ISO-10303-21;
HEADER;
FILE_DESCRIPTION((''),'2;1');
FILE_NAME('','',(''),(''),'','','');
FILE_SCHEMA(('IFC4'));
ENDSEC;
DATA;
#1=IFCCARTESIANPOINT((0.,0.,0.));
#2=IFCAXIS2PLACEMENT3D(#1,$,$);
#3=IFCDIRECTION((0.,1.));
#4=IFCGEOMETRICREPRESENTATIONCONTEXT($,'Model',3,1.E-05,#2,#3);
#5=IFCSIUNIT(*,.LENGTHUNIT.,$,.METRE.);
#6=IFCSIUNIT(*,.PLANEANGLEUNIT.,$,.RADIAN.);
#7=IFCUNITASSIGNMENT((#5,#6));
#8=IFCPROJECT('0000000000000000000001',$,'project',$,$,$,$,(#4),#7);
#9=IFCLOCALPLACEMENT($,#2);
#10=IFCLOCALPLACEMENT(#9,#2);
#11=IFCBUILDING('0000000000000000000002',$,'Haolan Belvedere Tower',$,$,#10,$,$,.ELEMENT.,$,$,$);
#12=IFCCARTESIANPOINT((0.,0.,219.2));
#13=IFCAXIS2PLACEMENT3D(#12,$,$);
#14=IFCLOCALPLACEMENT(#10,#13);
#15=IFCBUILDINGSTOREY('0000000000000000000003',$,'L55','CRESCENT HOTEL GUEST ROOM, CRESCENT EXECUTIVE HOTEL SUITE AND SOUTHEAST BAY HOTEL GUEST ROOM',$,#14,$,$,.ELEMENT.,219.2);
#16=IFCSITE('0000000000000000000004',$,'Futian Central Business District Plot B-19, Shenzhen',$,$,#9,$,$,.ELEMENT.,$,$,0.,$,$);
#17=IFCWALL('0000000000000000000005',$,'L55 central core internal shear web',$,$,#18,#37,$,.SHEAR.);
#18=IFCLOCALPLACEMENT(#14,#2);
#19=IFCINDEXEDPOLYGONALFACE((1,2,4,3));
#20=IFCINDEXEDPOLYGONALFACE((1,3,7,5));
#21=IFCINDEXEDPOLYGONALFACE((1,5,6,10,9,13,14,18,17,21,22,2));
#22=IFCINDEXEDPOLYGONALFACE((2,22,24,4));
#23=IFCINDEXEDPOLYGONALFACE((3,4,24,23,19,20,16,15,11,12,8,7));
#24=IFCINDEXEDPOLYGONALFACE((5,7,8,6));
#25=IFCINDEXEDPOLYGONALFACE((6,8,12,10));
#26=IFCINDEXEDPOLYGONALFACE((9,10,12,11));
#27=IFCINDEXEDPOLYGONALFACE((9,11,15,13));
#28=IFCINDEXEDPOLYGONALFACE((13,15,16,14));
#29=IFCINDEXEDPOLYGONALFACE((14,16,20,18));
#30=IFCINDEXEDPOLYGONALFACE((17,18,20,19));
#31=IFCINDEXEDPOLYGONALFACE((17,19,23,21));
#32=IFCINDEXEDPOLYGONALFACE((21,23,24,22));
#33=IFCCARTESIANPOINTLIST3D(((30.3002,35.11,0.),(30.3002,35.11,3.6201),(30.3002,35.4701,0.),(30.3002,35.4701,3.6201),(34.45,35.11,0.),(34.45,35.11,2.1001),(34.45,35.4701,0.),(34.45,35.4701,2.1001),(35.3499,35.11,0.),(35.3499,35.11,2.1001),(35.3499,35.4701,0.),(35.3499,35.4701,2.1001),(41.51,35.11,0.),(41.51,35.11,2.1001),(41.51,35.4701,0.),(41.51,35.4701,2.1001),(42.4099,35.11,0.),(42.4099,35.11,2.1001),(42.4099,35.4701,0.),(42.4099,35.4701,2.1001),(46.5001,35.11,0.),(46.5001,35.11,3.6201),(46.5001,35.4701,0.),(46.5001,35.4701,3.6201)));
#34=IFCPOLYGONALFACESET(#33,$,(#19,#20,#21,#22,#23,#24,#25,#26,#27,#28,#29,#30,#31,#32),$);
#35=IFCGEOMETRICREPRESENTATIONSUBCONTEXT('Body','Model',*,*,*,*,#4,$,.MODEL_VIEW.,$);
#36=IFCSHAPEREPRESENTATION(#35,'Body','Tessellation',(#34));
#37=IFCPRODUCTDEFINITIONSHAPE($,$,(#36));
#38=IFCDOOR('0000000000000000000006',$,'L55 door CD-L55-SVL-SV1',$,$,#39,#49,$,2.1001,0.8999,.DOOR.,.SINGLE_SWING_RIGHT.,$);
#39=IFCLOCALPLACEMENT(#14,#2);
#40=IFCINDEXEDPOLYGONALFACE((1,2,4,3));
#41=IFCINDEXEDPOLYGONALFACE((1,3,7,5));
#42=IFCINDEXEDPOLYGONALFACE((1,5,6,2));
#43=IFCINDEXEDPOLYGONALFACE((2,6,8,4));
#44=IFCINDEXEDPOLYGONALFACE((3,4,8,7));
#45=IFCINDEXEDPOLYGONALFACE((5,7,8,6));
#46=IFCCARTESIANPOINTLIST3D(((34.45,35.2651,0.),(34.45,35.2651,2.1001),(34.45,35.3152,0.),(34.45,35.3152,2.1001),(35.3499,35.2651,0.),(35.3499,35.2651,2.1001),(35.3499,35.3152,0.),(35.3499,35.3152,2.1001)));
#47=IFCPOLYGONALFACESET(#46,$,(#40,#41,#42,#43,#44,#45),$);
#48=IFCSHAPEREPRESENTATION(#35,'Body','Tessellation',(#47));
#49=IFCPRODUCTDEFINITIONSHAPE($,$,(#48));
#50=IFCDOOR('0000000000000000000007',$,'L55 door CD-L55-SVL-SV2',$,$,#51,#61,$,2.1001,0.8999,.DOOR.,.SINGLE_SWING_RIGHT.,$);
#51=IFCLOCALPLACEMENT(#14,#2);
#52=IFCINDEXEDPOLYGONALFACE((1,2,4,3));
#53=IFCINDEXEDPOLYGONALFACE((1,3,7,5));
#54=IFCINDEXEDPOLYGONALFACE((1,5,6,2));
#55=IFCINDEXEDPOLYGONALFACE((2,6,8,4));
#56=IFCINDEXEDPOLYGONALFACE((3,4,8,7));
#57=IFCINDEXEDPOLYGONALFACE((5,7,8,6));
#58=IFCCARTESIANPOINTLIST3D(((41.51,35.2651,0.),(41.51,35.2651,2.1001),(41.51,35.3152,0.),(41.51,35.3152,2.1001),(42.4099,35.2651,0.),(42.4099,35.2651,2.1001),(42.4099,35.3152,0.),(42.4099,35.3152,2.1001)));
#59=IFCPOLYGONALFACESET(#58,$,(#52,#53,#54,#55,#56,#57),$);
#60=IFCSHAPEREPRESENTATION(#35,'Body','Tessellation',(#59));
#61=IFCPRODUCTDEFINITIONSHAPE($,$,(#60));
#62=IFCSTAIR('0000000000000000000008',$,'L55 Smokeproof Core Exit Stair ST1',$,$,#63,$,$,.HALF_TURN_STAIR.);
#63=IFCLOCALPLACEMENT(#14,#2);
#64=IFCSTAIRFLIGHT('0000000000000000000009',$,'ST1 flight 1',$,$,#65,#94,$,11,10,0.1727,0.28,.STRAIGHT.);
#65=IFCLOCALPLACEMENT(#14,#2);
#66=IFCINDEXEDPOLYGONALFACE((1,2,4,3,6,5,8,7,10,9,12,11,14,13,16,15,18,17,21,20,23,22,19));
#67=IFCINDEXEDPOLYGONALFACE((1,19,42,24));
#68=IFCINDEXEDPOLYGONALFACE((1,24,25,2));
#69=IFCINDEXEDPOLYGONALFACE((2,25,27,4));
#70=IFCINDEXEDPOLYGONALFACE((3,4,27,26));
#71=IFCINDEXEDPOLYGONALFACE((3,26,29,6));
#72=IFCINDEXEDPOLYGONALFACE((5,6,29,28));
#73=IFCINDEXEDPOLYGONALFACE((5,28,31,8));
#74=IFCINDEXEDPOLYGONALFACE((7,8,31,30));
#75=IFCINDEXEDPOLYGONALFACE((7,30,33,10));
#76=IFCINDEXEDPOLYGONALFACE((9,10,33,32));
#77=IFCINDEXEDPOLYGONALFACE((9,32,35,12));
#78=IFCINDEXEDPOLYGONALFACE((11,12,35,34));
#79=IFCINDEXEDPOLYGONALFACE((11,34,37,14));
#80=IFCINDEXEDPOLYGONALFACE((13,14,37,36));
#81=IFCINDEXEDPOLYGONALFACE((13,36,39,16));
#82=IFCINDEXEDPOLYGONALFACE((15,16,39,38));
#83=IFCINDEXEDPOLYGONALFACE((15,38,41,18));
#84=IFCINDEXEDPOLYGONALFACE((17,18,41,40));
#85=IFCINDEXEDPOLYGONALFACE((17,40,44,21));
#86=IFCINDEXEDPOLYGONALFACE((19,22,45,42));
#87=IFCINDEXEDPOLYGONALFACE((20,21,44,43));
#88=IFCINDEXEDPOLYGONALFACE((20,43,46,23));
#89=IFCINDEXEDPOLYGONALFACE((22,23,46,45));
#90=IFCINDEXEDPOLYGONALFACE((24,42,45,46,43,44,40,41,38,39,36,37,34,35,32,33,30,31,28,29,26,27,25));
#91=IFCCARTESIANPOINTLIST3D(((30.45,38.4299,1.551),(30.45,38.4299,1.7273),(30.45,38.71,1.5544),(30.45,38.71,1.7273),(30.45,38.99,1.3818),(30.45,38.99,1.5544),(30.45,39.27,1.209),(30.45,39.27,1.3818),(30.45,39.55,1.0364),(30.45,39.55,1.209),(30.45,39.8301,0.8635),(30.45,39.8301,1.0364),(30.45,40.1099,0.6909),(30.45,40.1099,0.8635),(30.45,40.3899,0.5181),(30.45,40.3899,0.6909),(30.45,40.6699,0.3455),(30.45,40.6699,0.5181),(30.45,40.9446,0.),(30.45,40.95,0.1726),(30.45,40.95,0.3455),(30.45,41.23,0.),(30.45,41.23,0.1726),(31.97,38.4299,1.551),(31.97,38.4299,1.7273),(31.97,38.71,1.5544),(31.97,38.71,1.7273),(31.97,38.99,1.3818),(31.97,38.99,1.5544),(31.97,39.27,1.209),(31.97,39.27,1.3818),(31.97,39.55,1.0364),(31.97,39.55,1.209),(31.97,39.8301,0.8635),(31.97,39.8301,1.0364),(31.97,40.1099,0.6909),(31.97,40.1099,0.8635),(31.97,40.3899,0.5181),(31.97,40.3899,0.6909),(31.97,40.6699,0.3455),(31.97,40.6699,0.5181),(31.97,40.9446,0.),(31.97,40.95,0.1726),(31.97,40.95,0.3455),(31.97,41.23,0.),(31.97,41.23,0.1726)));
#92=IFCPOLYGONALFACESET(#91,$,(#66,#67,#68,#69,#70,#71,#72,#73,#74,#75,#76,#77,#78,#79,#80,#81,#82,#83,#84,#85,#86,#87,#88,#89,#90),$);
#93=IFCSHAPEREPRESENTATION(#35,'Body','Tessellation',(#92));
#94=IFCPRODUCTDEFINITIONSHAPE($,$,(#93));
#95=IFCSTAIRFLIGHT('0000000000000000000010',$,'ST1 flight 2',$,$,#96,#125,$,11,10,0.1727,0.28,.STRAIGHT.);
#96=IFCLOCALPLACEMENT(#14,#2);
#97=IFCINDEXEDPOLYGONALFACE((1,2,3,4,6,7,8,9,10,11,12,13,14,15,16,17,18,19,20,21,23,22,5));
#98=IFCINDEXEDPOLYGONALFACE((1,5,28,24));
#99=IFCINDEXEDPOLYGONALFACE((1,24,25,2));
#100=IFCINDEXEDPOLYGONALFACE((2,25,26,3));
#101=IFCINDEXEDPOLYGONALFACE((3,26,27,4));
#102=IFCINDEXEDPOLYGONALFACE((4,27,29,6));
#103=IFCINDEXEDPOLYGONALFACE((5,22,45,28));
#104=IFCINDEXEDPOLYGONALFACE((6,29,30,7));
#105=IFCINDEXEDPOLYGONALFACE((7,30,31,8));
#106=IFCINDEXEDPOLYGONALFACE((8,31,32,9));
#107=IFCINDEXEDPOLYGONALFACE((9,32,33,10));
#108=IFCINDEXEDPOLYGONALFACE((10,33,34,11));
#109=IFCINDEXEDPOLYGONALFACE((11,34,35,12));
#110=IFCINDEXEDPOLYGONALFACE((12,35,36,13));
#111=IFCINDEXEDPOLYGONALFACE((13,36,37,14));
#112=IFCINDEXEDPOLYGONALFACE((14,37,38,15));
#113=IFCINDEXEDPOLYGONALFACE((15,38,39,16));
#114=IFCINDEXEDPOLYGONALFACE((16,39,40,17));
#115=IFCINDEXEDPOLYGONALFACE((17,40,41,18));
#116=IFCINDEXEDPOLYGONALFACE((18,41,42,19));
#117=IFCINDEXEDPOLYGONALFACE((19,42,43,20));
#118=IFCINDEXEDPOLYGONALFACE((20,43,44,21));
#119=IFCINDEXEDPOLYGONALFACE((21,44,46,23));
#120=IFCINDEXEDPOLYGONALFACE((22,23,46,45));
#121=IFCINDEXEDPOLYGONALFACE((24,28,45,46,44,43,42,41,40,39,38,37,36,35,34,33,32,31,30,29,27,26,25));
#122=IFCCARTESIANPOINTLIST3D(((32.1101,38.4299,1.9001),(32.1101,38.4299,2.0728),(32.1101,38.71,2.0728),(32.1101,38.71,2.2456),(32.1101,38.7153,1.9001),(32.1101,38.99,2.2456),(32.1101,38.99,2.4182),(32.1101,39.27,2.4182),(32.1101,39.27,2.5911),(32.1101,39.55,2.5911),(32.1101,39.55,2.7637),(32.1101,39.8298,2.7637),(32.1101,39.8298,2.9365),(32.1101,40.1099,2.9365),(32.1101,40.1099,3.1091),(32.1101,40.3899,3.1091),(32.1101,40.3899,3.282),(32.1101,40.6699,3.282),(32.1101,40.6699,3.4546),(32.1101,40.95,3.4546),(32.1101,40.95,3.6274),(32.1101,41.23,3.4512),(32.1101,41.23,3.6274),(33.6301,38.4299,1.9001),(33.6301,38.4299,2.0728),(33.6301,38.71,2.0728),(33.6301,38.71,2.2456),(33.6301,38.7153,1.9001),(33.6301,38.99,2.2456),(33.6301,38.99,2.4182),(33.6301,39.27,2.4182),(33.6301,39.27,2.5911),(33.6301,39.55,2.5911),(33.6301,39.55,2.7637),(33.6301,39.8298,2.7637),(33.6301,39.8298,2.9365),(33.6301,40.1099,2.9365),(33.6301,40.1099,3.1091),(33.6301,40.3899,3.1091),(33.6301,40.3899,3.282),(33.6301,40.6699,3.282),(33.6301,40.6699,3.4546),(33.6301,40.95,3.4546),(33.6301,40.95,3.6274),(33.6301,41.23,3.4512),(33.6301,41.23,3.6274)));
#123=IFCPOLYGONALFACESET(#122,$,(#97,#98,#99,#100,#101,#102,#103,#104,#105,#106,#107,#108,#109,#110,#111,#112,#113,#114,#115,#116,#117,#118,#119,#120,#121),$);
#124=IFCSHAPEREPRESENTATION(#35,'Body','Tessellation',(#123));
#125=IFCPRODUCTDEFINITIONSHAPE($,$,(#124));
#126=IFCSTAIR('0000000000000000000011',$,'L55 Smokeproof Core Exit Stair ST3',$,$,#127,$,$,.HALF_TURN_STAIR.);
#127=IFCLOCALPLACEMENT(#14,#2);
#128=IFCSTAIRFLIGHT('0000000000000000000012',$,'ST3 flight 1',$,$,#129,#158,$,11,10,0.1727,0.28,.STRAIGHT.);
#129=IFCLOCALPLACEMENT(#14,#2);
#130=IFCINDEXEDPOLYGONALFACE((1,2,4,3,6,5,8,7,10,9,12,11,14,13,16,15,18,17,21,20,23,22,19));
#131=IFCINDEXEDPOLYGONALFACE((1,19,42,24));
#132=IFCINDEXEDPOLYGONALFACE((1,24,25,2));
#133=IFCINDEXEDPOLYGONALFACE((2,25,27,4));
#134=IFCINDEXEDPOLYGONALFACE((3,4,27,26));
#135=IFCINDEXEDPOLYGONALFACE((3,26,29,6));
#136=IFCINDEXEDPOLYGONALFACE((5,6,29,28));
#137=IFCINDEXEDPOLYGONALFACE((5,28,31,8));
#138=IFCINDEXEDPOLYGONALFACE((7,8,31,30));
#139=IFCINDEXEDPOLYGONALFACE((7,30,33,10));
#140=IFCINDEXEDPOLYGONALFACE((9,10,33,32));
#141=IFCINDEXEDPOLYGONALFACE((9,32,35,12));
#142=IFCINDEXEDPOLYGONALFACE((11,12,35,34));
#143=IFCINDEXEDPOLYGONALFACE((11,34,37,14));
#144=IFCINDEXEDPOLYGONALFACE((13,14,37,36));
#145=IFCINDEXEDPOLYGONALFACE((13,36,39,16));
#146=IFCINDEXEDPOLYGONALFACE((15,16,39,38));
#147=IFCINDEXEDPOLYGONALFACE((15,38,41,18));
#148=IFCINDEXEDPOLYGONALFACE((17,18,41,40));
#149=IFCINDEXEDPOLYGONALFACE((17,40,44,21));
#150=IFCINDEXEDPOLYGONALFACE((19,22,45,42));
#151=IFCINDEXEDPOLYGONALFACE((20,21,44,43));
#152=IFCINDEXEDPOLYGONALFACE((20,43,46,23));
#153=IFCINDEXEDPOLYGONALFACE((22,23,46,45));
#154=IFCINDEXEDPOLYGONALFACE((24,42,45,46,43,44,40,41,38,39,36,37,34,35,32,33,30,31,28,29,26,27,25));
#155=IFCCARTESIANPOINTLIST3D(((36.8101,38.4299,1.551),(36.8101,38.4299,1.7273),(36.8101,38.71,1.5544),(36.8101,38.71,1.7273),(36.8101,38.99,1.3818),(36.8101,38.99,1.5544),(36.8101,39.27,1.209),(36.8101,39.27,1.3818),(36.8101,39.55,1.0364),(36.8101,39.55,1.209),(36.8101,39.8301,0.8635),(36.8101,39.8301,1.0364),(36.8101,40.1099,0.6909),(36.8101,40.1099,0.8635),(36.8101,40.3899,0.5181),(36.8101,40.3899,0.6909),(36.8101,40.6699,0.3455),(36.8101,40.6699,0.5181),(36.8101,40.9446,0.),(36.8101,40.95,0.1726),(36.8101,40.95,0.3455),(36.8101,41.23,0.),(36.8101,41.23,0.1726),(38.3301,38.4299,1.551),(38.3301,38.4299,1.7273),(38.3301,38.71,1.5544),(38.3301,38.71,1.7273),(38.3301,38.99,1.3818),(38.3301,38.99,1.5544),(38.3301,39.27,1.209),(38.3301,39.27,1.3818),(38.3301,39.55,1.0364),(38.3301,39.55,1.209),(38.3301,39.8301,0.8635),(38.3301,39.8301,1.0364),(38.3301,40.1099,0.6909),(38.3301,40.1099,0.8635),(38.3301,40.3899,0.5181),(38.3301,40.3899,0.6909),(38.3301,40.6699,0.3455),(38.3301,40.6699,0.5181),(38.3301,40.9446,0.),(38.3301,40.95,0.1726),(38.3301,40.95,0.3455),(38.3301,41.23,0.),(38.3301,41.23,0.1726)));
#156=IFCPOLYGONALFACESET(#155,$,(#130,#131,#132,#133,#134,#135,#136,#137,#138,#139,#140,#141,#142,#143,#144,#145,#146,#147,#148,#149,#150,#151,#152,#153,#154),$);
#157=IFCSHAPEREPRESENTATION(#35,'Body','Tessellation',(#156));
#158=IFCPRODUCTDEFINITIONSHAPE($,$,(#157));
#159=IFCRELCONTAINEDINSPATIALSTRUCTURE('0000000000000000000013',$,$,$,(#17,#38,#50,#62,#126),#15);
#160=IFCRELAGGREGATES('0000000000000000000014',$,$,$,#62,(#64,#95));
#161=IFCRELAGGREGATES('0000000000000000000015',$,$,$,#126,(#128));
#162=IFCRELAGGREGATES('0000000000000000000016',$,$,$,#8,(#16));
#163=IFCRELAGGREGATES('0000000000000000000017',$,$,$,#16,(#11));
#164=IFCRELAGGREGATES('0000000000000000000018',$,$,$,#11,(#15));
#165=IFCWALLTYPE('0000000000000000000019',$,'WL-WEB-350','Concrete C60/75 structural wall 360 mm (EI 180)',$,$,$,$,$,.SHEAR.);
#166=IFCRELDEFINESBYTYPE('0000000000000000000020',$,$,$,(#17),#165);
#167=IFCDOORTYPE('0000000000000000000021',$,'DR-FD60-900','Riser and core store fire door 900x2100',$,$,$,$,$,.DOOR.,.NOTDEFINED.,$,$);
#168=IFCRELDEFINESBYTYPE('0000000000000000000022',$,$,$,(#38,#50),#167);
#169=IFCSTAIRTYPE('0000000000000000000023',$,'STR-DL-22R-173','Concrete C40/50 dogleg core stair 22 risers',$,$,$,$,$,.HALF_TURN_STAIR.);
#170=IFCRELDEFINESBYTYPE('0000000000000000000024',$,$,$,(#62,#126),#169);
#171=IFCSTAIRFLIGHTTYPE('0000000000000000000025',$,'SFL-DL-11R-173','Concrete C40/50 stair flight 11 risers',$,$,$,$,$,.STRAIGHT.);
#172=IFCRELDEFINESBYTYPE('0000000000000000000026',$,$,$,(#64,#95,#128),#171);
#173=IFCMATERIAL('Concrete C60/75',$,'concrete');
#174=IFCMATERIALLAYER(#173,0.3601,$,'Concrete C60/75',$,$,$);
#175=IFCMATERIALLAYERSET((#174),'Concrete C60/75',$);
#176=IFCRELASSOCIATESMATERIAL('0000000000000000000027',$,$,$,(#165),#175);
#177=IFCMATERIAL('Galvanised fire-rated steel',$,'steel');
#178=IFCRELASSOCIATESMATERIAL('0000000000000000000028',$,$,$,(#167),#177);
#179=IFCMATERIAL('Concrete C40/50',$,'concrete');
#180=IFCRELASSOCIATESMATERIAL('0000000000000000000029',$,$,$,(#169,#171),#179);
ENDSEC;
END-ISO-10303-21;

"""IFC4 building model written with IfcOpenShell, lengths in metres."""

from ifc_helpers import new_model, si_unit, direction, frame, frame_2d, origin, place, context, subcontext, project, spatial, polyline, rectangle, outline, extrude, material, layer, layer_set, type_object, element, fill, aggregate, save


model = new_model("IFC4")

# Units and contexts
model_context = context("Model", 3, precision=1e-05, world=origin(), true_north=direction((0.0, 1.0)))
body_context = subcontext(model_context, "Body", "Model", "MODEL_VIEW")
ifc_project = project(units=[si_unit("LENGTHUNIT", "METRE"), si_unit("PLANEANGLEUNIT", "RADIAN")], contexts=[model_context])

# Site, building, storey
site_placement = place(None, origin())
site = spatial("IfcSite", under=ifc_project, at=site_placement, Name="Futian Central Business District Plot B-19, Shenzhen", CompositionType="ELEMENT", RefElevation=0.0)
building_placement = place(site_placement, origin())
building = spatial("IfcBuilding", under=site, at=building_placement, Name="Haolan Belvedere Tower", CompositionType="ELEMENT")
storey_placement = place(building_placement, frame((0.0, 0.0, 219.2)))
storey = spatial("IfcBuildingStorey", under=building, at=storey_placement, Name="L55", Description="CRESCENT HOTEL GUEST ROOM, CRESCENT EXECUTIVE HOTEL SUITE AND SOUTHEAST BAY HOTEL GUEST ROOM", CompositionType="ELEMENT", Elevation=219.2)

# Wall, openings, doors
ifc_material_1 = material(Name="Concrete C60/75", Category="concrete")
ifc_layer_1 = layer(ifc_material_1, 0.3601, Name="Concrete C60/75")
ifc_layer_set_1 = layer_set([ifc_layer_1], Name="Concrete C60/75")
wall_type_1 = type_object("IfcWallType", Name="WL-WEB-350", Description="Concrete C60/75 structural wall 360 mm (EI 180)", PredefinedType="SHEAR", material=ifc_layer_set_1)
wall_1_placement = place(storey_placement, frame((30.3, 35.29, 0.0), z_axis=(0.0, 0.0, 1.0), x_axis=(1.0, 0.0, 0.0)))
wall_1 = element("IfcWall", 1, at=wall_1_placement, inside=storey, type_object=wall_type_1, Name="L55 central core internal shear web", PredefinedType="SHEAR", context=body_context, shape_type="SweptSolid", body=[
    extrude(rectangle(XDim=16.2, YDim=0.3601, at=frame_2d((8.1001, 0.0))), origin(), (0.0, 0.0, 1.0), 3.6201),
])
opening_1_placement = place(wall_1_placement, frame((5.0498, 0.0, 0.0), z_axis=(0.0, 0.0, 1.0), x_axis=(-1.0, 0.0, 0.0)))
opening_1 = element("IfcOpeningElement", 2, at=opening_1_placement, cuts=wall_1, PredefinedType="OPENING", context=body_context, shape_type="SweptSolid", body=[
    extrude(rectangle(XDim=0.8999, YDim=2.1001, at=frame_2d((0.45, 1.05))), frame((0.0, 0.1899, 0.0), z_axis=(0.0, -1.0, 0.0), x_axis=(1.0, 0.0, 0.0)), (0.0, 0.0, 1.0), 0.3801),
])
opening_2_placement = place(wall_1_placement, frame((12.1099, 0.0, 0.0), z_axis=(0.0, 0.0, 1.0), x_axis=(-1.0, 0.0, 0.0)))
opening_2 = element("IfcOpeningElement", 3, at=opening_2_placement, cuts=wall_1, PredefinedType="OPENING", context=body_context, shape_type="SweptSolid", body=[
    extrude(rectangle(XDim=0.8999, YDim=2.1001, at=frame_2d((0.45, 1.05))), frame((0.0, 0.1899, 0.0), z_axis=(0.0, -1.0, 0.0), x_axis=(1.0, 0.0, 0.0)), (0.0, 0.0, 1.0), 0.3801),
])
ifc_material_2 = material(Name="Galvanised fire-rated steel", Category="steel")
door_type_1 = type_object("IfcDoorType", Name="DR-FD60-900", Description="Riser and core store fire door 900x2100", OperationType="NOTDEFINED", PredefinedType="DOOR", material=ifc_material_2)
door_1_placement = place(opening_1_placement, origin())
door_1 = element("IfcDoor", 4, at=door_1_placement, inside=storey, type_object=door_type_1, Name="L55 door CD-L55-SVL-SV1", OperationType="SINGLE_SWING_RIGHT", OverallHeight=2.1001, OverallWidth=0.8999, PredefinedType="DOOR", context=body_context, shape_type="SweptSolid", body=[
    extrude(rectangle(XDim=0.8999, YDim=2.1001, at=frame_2d((0.45, 1.05))), frame((0.0, 0.0249, 0.0), z_axis=(0.0, -1.0, 0.0), x_axis=(1.0, 0.0, 0.0)), (0.0, 0.0, 1.0), 0.05),
])
fill(opening_1, door_1)
door_2_placement = place(opening_2_placement, origin())
door_2 = element("IfcDoor", 5, at=door_2_placement, inside=storey, type_object=door_type_1, Name="L55 door CD-L55-SVL-SV2", OperationType="SINGLE_SWING_RIGHT", OverallHeight=2.1001, OverallWidth=0.8999, PredefinedType="DOOR", context=body_context, shape_type="SweptSolid", body=[
    extrude(rectangle(XDim=0.8999, YDim=2.1001, at=frame_2d((0.45, 1.05))), frame((0.0, 0.0249, 0.0), z_axis=(0.0, -1.0, 0.0), x_axis=(1.0, 0.0, 0.0)), (0.0, 0.0, 1.0), 0.05),
])
fill(opening_2, door_2)

# Stair, stair flights
ifc_material_3 = material(Name="Concrete C40/50", Category="concrete")
stair_type = type_object("IfcStairType", Name="STR-DL-22R-173", Description="Concrete C40/50 dogleg core stair 22 risers", PredefinedType="HALF_TURN_STAIR", material=ifc_material_3)
stair_1_placement = place(storey_placement, origin())
stair_1 = element("IfcStair", 6, at=stair_1_placement, inside=storey, type_object=stair_type, Name="L55 Smokeproof Core Exit Stair ST1", PredefinedType="HALF_TURN_STAIR")
stair_flight_type = type_object("IfcStairFlightType", Name="SFL-DL-11R-173", Description="Concrete C40/50 stair flight 11 risers", PredefinedType="STRAIGHT", material=ifc_material_3)
stair_flight_1_placement = place(storey_placement, frame((31.21, 41.23, 0.0), z_axis=(0.0, 0.0, 1.0), x_axis=(0.0, -1.0, 0.0)))
stair_flight_1 = element("IfcStairFlight", 7, at=stair_flight_1_placement, type_object=stair_flight_type, Name="ST1 flight 1", NumberOfRisers=11, NumberOfTreads=10, PredefinedType="STRAIGHT", RiserHeight=0.1727, TreadLength=0.28, context=body_context, shape_type="SweptSolid", body=[
    extrude(outline(polyline([(0.0, 0.0), (0.0, 0.1726), (0.28, 0.1726), (0.28, 0.3455), (0.5601, 0.3455), (0.5601, 0.5181), (0.8401, 0.5181), (0.8401, 0.6909), (1.1201, 0.6909), (1.1201, 0.8635), (1.3999, 0.8635), (1.3999, 1.0364), (1.6799, 1.0364), (1.6799, 1.209), (1.96, 1.209), (1.96, 1.3818), (2.24, 1.3818), (2.24, 1.5544), (2.52, 1.5544), (2.52, 1.7273), (2.8, 1.7273), (2.8, 1.8999), (2.8, 1.551), (0.2854, 0.0), (0.0, 0.0)])), frame((0.0, 0.76, 0.0), z_axis=(0.0, -1.0, 0.0), x_axis=(1.0, 0.0, 0.0)), (0.0, 0.0, 1.0), 1.52),
])
stair_flight_2_placement = place(storey_placement, frame((32.8701, 38.4299, 1.9001), z_axis=(0.0, 0.0, 1.0), x_axis=(0.0, 1.0, 0.0)))
stair_flight_2 = element("IfcStairFlight", 8, at=stair_flight_2_placement, type_object=stair_flight_type, Name="ST1 flight 2", NumberOfRisers=11, NumberOfTreads=10, PredefinedType="STRAIGHT", RiserHeight=0.1727, TreadLength=0.28, context=body_context, shape_type="SweptSolid", body=[
    extrude(outline(polyline([(0.0, 0.0), (0.0, 0.1726), (0.28, 0.1726), (0.28, 0.3455), (0.5601, 0.3455), (0.5601, 0.5181), (0.8401, 0.5181), (0.8401, 0.6909), (1.1201, 0.6909), (1.1201, 0.8635), (1.3999, 0.8635), (1.3999, 1.0364), (1.6799, 1.0364), (1.6799, 1.209), (1.96, 1.209), (1.96, 1.3818), (2.24, 1.3818), (2.24, 1.5544), (2.52, 1.5544), (2.52, 1.7273), (2.8, 1.7273), (2.8, 1.8999), (2.8, 1.551), (0.2854, 0.0), (0.0, 0.0)])), frame((0.0, 0.76, 0.0), z_axis=(0.0, -1.0, 0.0), x_axis=(1.0, 0.0, 0.0)), (0.0, 0.0, 1.0), 1.52),
])
aggregate(stair_1, [stair_flight_1, stair_flight_2])

# Stair, stair flight
stair_2_placement = place(storey_placement, origin())
stair_2 = element("IfcStair", 9, at=stair_2_placement, inside=storey, type_object=stair_type, Name="L55 Smokeproof Core Exit Stair ST3", PredefinedType="HALF_TURN_STAIR")
stair_flight_3_placement = place(storey_placement, frame((37.5701, 41.23, 0.0), z_axis=(0.0, 0.0, 1.0), x_axis=(0.0, -1.0, 0.0)))
stair_flight_3 = element("IfcStairFlight", 10, at=stair_flight_3_placement, type_object=stair_flight_type, Name="ST3 flight 1", NumberOfRisers=11, NumberOfTreads=10, PredefinedType="STRAIGHT", RiserHeight=0.1727, TreadLength=0.28, context=body_context, shape_type="SweptSolid", body=[
    extrude(outline(polyline([(0.0, 0.0), (0.0, 0.1726), (0.28, 0.1726), (0.28, 0.3455), (0.5601, 0.3455), (0.5601, 0.5181), (0.8401, 0.5181), (0.8401, 0.6909), (1.1201, 0.6909), (1.1201, 0.8635), (1.3999, 0.8635), (1.3999, 1.0364), (1.6799, 1.0364), (1.6799, 1.209), (1.96, 1.209), (1.96, 1.3818), (2.24, 1.3818), (2.24, 1.5544), (2.52, 1.5544), (2.52, 1.7273), (2.8, 1.7273), (2.8, 1.8999), (2.8, 1.551), (0.2854, 0.0), (0.0, 0.0)])), frame((0.0, 0.76, 0.0), z_axis=(0.0, -1.0, 0.0), x_axis=(1.0, 0.0, 0.0)), (0.0, 0.0, 1.0), 1.52),
])
aggregate(stair_2, [stair_flight_3])

save(model, "model.ifc")
